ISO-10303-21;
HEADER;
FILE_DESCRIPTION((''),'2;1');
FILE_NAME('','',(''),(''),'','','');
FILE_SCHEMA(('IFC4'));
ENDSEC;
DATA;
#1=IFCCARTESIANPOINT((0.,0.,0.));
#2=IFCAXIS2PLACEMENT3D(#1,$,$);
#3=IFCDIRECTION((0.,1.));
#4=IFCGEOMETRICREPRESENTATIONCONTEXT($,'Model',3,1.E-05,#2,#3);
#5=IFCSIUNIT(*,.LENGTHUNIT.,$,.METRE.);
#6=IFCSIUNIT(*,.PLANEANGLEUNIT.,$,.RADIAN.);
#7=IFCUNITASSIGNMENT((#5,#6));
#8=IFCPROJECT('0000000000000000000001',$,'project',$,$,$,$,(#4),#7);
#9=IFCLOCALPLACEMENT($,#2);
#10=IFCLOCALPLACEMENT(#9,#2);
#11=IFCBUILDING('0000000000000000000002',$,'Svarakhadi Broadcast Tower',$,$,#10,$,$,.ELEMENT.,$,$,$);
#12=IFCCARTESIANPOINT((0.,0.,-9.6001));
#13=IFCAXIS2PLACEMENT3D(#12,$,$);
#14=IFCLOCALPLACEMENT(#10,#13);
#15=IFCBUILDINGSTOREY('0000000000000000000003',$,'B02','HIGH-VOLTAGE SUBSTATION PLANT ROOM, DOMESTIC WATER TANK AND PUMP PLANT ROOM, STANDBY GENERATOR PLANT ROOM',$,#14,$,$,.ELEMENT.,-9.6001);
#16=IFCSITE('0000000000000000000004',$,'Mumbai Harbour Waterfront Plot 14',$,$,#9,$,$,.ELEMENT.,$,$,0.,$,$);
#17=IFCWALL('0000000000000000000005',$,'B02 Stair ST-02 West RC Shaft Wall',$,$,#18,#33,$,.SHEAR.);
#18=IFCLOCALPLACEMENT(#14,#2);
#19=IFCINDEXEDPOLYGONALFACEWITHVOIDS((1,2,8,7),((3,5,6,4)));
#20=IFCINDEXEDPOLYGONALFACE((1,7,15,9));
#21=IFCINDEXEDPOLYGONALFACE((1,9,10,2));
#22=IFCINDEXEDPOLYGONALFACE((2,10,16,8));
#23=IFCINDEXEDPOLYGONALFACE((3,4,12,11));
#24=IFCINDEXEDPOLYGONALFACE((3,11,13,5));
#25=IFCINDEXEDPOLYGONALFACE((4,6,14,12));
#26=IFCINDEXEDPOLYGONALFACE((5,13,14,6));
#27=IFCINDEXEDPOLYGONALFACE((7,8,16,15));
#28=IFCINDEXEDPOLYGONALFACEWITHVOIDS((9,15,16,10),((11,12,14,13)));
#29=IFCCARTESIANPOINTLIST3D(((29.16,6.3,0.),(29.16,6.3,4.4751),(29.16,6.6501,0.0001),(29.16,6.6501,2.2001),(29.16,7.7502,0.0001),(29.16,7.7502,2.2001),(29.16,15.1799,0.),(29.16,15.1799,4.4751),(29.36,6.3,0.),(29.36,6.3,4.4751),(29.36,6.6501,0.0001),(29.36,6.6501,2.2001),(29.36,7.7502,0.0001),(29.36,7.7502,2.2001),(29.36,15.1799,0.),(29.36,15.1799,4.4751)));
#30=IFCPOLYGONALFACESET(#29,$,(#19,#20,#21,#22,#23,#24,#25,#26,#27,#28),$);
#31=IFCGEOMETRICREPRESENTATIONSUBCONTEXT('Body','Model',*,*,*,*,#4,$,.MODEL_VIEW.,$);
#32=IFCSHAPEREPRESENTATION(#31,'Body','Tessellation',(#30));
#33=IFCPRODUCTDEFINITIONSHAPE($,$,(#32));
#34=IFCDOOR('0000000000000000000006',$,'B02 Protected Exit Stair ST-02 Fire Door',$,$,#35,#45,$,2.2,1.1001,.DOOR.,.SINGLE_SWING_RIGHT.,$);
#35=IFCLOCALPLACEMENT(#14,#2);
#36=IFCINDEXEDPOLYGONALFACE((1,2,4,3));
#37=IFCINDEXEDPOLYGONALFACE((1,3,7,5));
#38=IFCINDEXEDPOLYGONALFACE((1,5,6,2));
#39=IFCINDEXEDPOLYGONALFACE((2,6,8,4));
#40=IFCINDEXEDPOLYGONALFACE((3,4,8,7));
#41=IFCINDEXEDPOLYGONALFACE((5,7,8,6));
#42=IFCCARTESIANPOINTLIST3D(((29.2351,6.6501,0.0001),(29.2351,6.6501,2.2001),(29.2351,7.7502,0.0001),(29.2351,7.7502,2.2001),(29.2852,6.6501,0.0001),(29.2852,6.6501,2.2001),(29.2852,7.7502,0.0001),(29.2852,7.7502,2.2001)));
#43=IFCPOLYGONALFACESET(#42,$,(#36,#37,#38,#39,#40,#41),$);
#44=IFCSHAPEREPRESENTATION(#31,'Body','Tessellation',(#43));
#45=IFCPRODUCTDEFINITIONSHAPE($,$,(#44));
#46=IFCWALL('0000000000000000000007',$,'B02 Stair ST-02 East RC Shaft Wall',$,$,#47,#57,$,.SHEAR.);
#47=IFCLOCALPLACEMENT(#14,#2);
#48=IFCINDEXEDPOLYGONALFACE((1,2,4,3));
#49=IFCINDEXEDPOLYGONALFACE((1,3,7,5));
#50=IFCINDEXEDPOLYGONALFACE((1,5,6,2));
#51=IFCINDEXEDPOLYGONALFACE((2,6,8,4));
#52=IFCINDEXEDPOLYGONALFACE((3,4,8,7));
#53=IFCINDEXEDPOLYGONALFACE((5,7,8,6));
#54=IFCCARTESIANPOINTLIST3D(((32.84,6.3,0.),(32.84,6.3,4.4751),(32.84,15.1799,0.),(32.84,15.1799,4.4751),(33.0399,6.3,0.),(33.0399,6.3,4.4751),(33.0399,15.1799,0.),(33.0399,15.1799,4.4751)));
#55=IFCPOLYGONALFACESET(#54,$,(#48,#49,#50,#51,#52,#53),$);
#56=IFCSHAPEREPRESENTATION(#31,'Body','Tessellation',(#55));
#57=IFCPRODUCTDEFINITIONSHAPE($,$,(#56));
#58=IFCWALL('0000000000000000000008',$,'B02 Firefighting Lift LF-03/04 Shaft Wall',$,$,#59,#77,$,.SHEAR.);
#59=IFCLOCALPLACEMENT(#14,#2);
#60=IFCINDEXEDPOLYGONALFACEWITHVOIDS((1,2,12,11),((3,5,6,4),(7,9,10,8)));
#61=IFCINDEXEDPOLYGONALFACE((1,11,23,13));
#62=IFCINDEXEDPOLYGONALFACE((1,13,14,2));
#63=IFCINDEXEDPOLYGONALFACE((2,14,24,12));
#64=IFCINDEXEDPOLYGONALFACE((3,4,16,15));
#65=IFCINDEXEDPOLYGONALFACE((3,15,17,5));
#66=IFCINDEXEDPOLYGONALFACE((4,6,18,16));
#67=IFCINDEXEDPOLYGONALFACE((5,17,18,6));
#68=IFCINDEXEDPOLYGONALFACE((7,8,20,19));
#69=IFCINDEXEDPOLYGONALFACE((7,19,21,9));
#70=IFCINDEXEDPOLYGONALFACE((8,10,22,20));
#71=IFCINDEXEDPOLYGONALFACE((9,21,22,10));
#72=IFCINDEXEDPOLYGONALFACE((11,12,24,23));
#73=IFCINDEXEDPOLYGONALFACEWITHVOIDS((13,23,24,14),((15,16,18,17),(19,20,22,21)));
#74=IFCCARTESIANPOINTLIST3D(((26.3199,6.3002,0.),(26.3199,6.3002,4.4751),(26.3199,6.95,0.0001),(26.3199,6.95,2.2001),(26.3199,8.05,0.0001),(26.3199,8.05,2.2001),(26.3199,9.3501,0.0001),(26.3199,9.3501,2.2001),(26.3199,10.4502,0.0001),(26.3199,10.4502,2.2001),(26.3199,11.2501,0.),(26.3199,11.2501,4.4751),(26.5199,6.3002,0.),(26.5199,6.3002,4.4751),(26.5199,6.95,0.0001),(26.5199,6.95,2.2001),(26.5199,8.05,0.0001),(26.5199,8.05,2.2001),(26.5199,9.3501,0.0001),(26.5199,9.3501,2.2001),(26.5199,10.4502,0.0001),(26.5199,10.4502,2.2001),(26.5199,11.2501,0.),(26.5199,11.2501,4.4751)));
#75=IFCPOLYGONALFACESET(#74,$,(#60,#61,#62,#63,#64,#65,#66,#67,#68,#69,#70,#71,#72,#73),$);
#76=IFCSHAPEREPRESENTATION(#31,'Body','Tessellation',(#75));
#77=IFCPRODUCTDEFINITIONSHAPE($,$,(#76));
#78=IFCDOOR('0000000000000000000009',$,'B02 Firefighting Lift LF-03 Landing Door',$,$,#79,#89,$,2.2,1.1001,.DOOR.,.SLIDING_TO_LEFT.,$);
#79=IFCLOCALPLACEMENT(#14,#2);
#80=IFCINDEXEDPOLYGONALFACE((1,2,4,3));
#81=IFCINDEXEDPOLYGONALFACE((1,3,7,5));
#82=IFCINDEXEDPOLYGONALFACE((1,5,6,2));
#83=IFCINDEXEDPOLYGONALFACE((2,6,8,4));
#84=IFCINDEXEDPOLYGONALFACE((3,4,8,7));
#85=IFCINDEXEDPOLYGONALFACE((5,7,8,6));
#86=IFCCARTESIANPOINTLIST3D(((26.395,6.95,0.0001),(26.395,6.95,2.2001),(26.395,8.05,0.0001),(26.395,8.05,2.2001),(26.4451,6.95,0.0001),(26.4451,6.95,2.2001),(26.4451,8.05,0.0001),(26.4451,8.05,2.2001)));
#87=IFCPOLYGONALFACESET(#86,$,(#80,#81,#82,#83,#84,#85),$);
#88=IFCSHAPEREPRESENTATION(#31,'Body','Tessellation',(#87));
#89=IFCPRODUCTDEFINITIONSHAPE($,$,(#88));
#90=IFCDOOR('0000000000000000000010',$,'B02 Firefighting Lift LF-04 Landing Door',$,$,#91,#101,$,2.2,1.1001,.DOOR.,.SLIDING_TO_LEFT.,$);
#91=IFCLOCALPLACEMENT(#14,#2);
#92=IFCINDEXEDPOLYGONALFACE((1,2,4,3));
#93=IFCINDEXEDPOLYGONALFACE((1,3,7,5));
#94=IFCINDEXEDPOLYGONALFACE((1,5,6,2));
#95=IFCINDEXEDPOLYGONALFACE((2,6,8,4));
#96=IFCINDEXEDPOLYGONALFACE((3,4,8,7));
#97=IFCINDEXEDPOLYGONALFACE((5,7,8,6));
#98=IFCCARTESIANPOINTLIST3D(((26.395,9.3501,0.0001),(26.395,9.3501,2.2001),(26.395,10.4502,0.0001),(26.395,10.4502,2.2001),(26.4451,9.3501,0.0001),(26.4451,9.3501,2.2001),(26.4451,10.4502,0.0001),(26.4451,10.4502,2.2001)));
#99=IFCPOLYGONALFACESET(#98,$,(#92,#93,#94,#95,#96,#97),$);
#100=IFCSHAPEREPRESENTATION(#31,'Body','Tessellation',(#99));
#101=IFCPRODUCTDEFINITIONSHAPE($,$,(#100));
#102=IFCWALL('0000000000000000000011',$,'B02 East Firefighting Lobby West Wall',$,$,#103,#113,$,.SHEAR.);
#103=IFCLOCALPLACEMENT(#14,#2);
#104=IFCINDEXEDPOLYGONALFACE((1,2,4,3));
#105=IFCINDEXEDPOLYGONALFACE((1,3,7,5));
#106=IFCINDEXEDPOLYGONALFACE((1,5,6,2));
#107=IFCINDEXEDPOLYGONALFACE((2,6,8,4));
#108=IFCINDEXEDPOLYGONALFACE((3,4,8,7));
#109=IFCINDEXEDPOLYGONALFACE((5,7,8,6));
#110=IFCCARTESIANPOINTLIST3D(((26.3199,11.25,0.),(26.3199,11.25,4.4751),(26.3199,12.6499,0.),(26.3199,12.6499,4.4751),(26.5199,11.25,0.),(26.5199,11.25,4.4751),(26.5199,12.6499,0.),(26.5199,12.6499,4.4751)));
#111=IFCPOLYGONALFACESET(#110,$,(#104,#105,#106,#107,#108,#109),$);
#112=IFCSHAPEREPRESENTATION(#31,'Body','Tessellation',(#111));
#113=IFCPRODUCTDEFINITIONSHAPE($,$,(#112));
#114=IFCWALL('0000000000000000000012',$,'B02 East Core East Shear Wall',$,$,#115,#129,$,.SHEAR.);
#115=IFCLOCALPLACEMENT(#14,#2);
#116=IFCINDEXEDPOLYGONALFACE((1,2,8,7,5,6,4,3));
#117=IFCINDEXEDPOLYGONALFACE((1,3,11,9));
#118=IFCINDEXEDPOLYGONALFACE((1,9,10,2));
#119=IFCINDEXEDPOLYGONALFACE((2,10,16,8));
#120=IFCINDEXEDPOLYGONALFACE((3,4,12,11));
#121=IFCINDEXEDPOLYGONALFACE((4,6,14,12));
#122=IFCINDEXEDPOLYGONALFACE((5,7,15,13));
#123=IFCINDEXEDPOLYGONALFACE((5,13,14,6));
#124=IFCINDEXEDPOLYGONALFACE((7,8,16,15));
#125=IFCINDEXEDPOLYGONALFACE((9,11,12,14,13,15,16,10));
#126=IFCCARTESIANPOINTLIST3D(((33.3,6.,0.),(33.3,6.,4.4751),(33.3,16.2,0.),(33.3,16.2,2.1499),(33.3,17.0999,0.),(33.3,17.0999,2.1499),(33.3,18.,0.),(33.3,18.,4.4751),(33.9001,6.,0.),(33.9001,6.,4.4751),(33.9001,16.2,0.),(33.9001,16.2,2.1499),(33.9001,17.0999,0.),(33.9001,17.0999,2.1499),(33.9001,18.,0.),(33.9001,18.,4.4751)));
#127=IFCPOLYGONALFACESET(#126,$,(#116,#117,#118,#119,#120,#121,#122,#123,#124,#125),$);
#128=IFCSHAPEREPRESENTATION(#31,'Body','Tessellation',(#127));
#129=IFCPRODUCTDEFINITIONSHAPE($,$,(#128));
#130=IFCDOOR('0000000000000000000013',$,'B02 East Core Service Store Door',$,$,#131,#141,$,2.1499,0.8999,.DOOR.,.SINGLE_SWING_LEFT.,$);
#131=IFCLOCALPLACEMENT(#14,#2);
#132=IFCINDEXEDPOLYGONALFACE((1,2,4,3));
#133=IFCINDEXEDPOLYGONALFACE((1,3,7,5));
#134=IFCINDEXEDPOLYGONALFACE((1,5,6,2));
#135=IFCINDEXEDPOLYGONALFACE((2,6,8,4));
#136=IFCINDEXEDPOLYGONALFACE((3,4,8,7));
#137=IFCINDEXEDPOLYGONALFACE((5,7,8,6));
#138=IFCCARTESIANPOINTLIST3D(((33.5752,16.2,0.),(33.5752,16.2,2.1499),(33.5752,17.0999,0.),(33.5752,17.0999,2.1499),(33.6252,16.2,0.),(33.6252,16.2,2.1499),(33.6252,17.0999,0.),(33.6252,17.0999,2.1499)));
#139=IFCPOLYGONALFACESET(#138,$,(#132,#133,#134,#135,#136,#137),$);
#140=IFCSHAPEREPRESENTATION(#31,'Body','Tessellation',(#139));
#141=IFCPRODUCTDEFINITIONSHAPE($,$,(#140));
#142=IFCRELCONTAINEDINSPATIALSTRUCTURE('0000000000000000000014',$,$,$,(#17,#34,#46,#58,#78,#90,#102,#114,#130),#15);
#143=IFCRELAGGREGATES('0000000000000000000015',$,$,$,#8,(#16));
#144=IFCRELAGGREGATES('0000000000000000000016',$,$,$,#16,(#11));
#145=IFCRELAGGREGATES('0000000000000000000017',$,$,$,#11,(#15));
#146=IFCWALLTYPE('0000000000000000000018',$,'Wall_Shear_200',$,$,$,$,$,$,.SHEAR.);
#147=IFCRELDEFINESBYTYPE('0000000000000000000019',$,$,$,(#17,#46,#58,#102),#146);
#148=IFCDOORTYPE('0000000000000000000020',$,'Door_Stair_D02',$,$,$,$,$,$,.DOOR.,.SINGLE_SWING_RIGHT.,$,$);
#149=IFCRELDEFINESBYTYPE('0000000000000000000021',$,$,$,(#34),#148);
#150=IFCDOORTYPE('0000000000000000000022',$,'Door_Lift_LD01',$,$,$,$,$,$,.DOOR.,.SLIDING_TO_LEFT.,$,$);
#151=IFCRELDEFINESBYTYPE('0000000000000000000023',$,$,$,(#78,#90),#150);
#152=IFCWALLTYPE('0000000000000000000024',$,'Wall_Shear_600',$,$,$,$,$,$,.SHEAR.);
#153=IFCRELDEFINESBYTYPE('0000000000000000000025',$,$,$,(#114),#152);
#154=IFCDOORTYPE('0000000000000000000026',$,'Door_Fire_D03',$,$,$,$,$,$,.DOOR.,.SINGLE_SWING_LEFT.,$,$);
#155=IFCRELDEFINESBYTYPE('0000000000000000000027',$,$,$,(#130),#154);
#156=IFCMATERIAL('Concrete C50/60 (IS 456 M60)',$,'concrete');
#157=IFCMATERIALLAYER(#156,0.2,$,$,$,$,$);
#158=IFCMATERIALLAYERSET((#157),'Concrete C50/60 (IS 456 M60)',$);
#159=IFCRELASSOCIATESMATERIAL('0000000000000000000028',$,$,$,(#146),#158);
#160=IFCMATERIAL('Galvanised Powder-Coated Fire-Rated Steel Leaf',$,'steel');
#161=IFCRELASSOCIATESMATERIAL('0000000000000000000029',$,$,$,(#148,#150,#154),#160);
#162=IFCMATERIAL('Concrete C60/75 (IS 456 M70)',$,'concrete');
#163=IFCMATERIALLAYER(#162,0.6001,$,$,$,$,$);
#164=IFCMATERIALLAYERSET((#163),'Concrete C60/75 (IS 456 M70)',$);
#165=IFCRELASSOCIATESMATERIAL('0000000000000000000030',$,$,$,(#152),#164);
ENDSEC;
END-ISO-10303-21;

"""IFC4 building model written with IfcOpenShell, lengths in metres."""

from ifc_helpers import new_model, si_unit, direction, frame, frame_2d, origin, place, context, subcontext, project, spatial, rectangle, extrude, material, layer, layer_set, type_object, element, fill, save


model = new_model("IFC4")

# Units and contexts
model_context = context("Model", 3, precision=1e-05, world=origin(), true_north=direction((0.0, 1.0)))
body_context = subcontext(model_context, "Body", "Model", "MODEL_VIEW")
ifc_project = project(units=[si_unit("LENGTHUNIT", "METRE"), si_unit("PLANEANGLEUNIT", "RADIAN")], contexts=[model_context])

# Site, building, storey
site_placement = place(None, origin())
site = spatial("IfcSite", under=ifc_project, at=site_placement, Name="Mumbai Harbour Waterfront Plot 14", CompositionType="ELEMENT", RefElevation=0.0)
building_placement = place(site_placement, origin())
building = spatial("IfcBuilding", under=site, at=building_placement, Name="Svarakhadi Broadcast Tower", CompositionType="ELEMENT")
storey_placement = place(building_placement, frame((0.0, 0.0, -9.6001)))
storey = spatial("IfcBuildingStorey", under=building, at=storey_placement, Name="B02", Description="HIGH-VOLTAGE SUBSTATION PLANT ROOM, DOMESTIC WATER TANK AND PUMP PLANT ROOM, STANDBY GENERATOR PLANT ROOM", CompositionType="ELEMENT", Elevation=-9.6001)

# Shared definitions
ifc_material_1 = material(Name="Concrete C60/75 (IS 456 M70)", Category="concrete")

# Wall, opening, door
ifc_material_2 = material(Name="Concrete C50/60 (IS 456 M60)", Category="concrete")
ifc_layer_1 = layer(ifc_material_2, 0.2)
ifc_layer_set_1 = layer_set([ifc_layer_1], Name="Concrete C50/60 (IS 456 M60)")
wall_type_1 = type_object("IfcWallType", Name="Wall_Shear_200", PredefinedType="SHEAR", material=ifc_layer_set_1)
wall_1_placement = place(storey_placement, frame((29.26, 6.3, 0.0), z_axis=(0.0, 0.0, 1.0), x_axis=(0.0, 1.0, 0.0)))
wall_1 = element("IfcWall", 1, at=wall_1_placement, inside=storey, type_object=wall_type_1, Name="B02 Stair ST-02 West RC Shaft Wall", PredefinedType="SHEAR", context=body_context, shape_type="SweptSolid", body=[
    extrude(rectangle(XDim=8.8799, YDim=0.2, at=frame_2d((4.4399, 0.0))), origin(), (0.0, 0.0, 1.0), 4.4751),
])
opening_1_placement = place(wall_1_placement, frame((0.3501, 0.0, 0.0)))
opening_1 = element("IfcOpeningElement", 2, at=opening_1_placement, cuts=wall_1, PredefinedType="OPENING", context=body_context, shape_type="SweptSolid", body=[
    extrude(rectangle(XDim=1.1001, YDim=2.2, at=frame_2d((0.55, 1.1001))), frame((0.0, 0.1099, 0.0), z_axis=(0.0, -1.0, 0.0), x_axis=(1.0, 0.0, 0.0)), (0.0, 0.0, 1.0), 0.22),
])
ifc_material_3 = material(Name="Galvanised Powder-Coated Fire-Rated Steel Leaf", Category="steel")
door_type_1 = type_object("IfcDoorType", Name="Door_Stair_D02", OperationType="SINGLE_SWING_RIGHT", PredefinedType="DOOR", material=ifc_material_3)
door_1_placement = place(opening_1_placement, origin())
door_1 = element("IfcDoor", 3, at=door_1_placement, inside=storey, type_object=door_type_1, Name="B02 Protected Exit Stair ST-02 Fire Door", OperationType="SINGLE_SWING_RIGHT", OverallHeight=2.2, OverallWidth=1.1001, PredefinedType="DOOR", context=body_context, shape_type="SweptSolid", body=[
    extrude(rectangle(XDim=1.1001, YDim=2.2, at=frame_2d((0.55, 1.1001))), frame((0.0, 0.0249, 0.0), z_axis=(0.0, -1.0, 0.0), x_axis=(1.0, 0.0, 0.0)), (0.0, 0.0, 1.0), 0.05),
])
fill(opening_1, door_1)

# Wall
wall_2_placement = place(storey_placement, frame((32.9399, 6.3, 0.0), z_axis=(0.0, 0.0, 1.0), x_axis=(0.0, 1.0, 0.0)))
element("IfcWall", 4, at=wall_2_placement, inside=storey, type_object=wall_type_1, Name="B02 Stair ST-02 East RC Shaft Wall", PredefinedType="SHEAR", context=body_context, shape_type="SweptSolid", body=[
    extrude(rectangle(XDim=8.8799, YDim=0.2, at=frame_2d((4.4399, 0.0))), origin(), (0.0, 0.0, 1.0), 4.4751),
])

# Wall, openings, doors
wall_3_placement = place(storey_placement, frame((26.4199, 6.3, 0.0), z_axis=(0.0, 0.0, 1.0), x_axis=(0.0, 1.0, 0.0)))
wall_3 = element("IfcWall", 5, at=wall_3_placement, inside=storey, type_object=wall_type_1, Name="B02 Firefighting Lift LF-03/04 Shaft Wall", PredefinedType="SHEAR", context=body_context, shape_type="SweptSolid", body=[
    extrude(rectangle(XDim=4.95, YDim=0.2, at=frame_2d((2.4751, 0.0))), origin(), (0.0, 0.0, 1.0), 4.4751),
])
opening_2_placement = place(wall_3_placement, frame((0.6499, 0.0, 0.0)))
opening_2 = element("IfcOpeningElement", 6, at=opening_2_placement, cuts=wall_3, PredefinedType="OPENING", context=body_context, shape_type="SweptSolid", body=[
    extrude(rectangle(XDim=1.1001, YDim=2.2, at=frame_2d((0.55, 1.1001))), frame((0.0, 0.1099, 0.0), z_axis=(0.0, -1.0, 0.0), x_axis=(1.0, 0.0, 0.0)), (0.0, 0.0, 1.0), 0.22),
])
opening_3_placement = place(wall_3_placement, frame((3.05, 0.0, 0.0)))
opening_3 = element("IfcOpeningElement", 7, at=opening_3_placement, cuts=wall_3, PredefinedType="OPENING", context=body_context, shape_type="SweptSolid", body=[
    extrude(rectangle(XDim=1.1001, YDim=2.2, at=frame_2d((0.55, 1.1001))), frame((0.0, 0.1099, 0.0), z_axis=(0.0, -1.0, 0.0), x_axis=(1.0, 0.0, 0.0)), (0.0, 0.0, 1.0), 0.22),
])
door_type_2 = type_object("IfcDoorType", Name="Door_Lift_LD01", OperationType="SLIDING_TO_LEFT", PredefinedType="DOOR", material=ifc_material_3)
door_2_placement = place(opening_2_placement, origin())
door_2 = element("IfcDoor", 8, at=door_2_placement, inside=storey, type_object=door_type_2, Name="B02 Firefighting Lift LF-03 Landing Door", OperationType="SLIDING_TO_LEFT", OverallHeight=2.2, OverallWidth=1.1001, PredefinedType="DOOR", context=body_context, shape_type="SweptSolid", body=[
    extrude(rectangle(XDim=1.1001, YDim=2.2, at=frame_2d((0.55, 1.1001))), frame((0.0, 0.0249, 0.0), z_axis=(0.0, -1.0, 0.0), x_axis=(1.0, 0.0, 0.0)), (0.0, 0.0, 1.0), 0.05),
])
fill(opening_2, door_2)
door_3_placement = place(opening_3_placement, origin())
door_3 = element("IfcDoor", 9, at=door_3_placement, inside=storey, type_object=door_type_2, Name="B02 Firefighting Lift LF-04 Landing Door", OperationType="SLIDING_TO_LEFT", OverallHeight=2.2, OverallWidth=1.1001, PredefinedType="DOOR", context=body_context, shape_type="SweptSolid", body=[
    extrude(rectangle(XDim=1.1001, YDim=2.2, at=frame_2d((0.55, 1.1001))), frame((0.0, 0.0249, 0.0), z_axis=(0.0, -1.0, 0.0), x_axis=(1.0, 0.0, 0.0)), (0.0, 0.0, 1.0), 0.05),
])
fill(opening_3, door_3)

# Wall
wall_4_placement = place(storey_placement, frame((26.4199, 11.25, 0.0), z_axis=(0.0, 0.0, 1.0), x_axis=(0.0, 1.0, 0.0)))
element("IfcWall", 10, at=wall_4_placement, inside=storey, type_object=wall_type_1, Name="B02 East Firefighting Lobby West Wall", PredefinedType="SHEAR", context=body_context, shape_type="SweptSolid", body=[
    extrude(rectangle(XDim=1.3999, YDim=0.2, at=frame_2d((0.7, 0.0))), origin(), (0.0, 0.0, 1.0), 4.4751),
])

# Wall, opening, door
ifc_layer_2 = layer(ifc_material_1, 0.6001)
ifc_layer_set_2 = layer_set([ifc_layer_2], Name="Concrete C60/75 (IS 456 M70)")
wall_type_2 = type_object("IfcWallType", Name="Wall_Shear_600", PredefinedType="SHEAR", material=ifc_layer_set_2)
wall_5_placement = place(storey_placement, frame((33.6001, 6.0, 0.0), z_axis=(0.0, 0.0, 1.0), x_axis=(0.0, 1.0, 0.0)))
wall_5 = element("IfcWall", 11, at=wall_5_placement, inside=storey, type_object=wall_type_2, Name="B02 East Core East Shear Wall", PredefinedType="SHEAR", context=body_context, shape_type="SweptSolid", body=[
    extrude(rectangle(XDim=12.0, YDim=0.6001, at=frame_2d((6.0, 0.0))), origin(), (0.0, 0.0, 1.0), 4.4751),
])
opening_4_placement = place(wall_5_placement, frame((10.2, 0.0, 0.0)))
opening_4 = element("IfcOpeningElement", 12, at=opening_4_placement, cuts=wall_5, PredefinedType="OPENING", context=body_context, shape_type="SweptSolid", body=[
    extrude(rectangle(XDim=0.8999, YDim=2.1499, at=frame_2d((0.45, 1.075))), frame((0.0, 0.3101, 0.0), z_axis=(0.0, -1.0, 0.0), x_axis=(1.0, 0.0, 0.0)), (0.0, 0.0, 1.0), 0.6201),
])
door_type_3 = type_object("IfcDoorType", Name="Door_Fire_D03", OperationType="SINGLE_SWING_LEFT", PredefinedType="DOOR", material=ifc_material_3)
door_4_placement = place(opening_4_placement, origin())
door_4 = element("IfcDoor", 13, at=door_4_placement, inside=storey, type_object=door_type_3, Name="B02 East Core Service Store Door", OperationType="SINGLE_SWING_LEFT", OverallHeight=2.1499, OverallWidth=0.8999, PredefinedType="DOOR", context=body_context, shape_type="SweptSolid", body=[
    extrude(rectangle(XDim=0.8999, YDim=2.1499, at=frame_2d((0.45, 1.075))), frame((0.0, 0.0249, 0.0), z_axis=(0.0, -1.0, 0.0), x_axis=(1.0, 0.0, 0.0)), (0.0, 0.0, 1.0), 0.05),
])
fill(opening_4, door_4)

save(model, "model.ifc")
